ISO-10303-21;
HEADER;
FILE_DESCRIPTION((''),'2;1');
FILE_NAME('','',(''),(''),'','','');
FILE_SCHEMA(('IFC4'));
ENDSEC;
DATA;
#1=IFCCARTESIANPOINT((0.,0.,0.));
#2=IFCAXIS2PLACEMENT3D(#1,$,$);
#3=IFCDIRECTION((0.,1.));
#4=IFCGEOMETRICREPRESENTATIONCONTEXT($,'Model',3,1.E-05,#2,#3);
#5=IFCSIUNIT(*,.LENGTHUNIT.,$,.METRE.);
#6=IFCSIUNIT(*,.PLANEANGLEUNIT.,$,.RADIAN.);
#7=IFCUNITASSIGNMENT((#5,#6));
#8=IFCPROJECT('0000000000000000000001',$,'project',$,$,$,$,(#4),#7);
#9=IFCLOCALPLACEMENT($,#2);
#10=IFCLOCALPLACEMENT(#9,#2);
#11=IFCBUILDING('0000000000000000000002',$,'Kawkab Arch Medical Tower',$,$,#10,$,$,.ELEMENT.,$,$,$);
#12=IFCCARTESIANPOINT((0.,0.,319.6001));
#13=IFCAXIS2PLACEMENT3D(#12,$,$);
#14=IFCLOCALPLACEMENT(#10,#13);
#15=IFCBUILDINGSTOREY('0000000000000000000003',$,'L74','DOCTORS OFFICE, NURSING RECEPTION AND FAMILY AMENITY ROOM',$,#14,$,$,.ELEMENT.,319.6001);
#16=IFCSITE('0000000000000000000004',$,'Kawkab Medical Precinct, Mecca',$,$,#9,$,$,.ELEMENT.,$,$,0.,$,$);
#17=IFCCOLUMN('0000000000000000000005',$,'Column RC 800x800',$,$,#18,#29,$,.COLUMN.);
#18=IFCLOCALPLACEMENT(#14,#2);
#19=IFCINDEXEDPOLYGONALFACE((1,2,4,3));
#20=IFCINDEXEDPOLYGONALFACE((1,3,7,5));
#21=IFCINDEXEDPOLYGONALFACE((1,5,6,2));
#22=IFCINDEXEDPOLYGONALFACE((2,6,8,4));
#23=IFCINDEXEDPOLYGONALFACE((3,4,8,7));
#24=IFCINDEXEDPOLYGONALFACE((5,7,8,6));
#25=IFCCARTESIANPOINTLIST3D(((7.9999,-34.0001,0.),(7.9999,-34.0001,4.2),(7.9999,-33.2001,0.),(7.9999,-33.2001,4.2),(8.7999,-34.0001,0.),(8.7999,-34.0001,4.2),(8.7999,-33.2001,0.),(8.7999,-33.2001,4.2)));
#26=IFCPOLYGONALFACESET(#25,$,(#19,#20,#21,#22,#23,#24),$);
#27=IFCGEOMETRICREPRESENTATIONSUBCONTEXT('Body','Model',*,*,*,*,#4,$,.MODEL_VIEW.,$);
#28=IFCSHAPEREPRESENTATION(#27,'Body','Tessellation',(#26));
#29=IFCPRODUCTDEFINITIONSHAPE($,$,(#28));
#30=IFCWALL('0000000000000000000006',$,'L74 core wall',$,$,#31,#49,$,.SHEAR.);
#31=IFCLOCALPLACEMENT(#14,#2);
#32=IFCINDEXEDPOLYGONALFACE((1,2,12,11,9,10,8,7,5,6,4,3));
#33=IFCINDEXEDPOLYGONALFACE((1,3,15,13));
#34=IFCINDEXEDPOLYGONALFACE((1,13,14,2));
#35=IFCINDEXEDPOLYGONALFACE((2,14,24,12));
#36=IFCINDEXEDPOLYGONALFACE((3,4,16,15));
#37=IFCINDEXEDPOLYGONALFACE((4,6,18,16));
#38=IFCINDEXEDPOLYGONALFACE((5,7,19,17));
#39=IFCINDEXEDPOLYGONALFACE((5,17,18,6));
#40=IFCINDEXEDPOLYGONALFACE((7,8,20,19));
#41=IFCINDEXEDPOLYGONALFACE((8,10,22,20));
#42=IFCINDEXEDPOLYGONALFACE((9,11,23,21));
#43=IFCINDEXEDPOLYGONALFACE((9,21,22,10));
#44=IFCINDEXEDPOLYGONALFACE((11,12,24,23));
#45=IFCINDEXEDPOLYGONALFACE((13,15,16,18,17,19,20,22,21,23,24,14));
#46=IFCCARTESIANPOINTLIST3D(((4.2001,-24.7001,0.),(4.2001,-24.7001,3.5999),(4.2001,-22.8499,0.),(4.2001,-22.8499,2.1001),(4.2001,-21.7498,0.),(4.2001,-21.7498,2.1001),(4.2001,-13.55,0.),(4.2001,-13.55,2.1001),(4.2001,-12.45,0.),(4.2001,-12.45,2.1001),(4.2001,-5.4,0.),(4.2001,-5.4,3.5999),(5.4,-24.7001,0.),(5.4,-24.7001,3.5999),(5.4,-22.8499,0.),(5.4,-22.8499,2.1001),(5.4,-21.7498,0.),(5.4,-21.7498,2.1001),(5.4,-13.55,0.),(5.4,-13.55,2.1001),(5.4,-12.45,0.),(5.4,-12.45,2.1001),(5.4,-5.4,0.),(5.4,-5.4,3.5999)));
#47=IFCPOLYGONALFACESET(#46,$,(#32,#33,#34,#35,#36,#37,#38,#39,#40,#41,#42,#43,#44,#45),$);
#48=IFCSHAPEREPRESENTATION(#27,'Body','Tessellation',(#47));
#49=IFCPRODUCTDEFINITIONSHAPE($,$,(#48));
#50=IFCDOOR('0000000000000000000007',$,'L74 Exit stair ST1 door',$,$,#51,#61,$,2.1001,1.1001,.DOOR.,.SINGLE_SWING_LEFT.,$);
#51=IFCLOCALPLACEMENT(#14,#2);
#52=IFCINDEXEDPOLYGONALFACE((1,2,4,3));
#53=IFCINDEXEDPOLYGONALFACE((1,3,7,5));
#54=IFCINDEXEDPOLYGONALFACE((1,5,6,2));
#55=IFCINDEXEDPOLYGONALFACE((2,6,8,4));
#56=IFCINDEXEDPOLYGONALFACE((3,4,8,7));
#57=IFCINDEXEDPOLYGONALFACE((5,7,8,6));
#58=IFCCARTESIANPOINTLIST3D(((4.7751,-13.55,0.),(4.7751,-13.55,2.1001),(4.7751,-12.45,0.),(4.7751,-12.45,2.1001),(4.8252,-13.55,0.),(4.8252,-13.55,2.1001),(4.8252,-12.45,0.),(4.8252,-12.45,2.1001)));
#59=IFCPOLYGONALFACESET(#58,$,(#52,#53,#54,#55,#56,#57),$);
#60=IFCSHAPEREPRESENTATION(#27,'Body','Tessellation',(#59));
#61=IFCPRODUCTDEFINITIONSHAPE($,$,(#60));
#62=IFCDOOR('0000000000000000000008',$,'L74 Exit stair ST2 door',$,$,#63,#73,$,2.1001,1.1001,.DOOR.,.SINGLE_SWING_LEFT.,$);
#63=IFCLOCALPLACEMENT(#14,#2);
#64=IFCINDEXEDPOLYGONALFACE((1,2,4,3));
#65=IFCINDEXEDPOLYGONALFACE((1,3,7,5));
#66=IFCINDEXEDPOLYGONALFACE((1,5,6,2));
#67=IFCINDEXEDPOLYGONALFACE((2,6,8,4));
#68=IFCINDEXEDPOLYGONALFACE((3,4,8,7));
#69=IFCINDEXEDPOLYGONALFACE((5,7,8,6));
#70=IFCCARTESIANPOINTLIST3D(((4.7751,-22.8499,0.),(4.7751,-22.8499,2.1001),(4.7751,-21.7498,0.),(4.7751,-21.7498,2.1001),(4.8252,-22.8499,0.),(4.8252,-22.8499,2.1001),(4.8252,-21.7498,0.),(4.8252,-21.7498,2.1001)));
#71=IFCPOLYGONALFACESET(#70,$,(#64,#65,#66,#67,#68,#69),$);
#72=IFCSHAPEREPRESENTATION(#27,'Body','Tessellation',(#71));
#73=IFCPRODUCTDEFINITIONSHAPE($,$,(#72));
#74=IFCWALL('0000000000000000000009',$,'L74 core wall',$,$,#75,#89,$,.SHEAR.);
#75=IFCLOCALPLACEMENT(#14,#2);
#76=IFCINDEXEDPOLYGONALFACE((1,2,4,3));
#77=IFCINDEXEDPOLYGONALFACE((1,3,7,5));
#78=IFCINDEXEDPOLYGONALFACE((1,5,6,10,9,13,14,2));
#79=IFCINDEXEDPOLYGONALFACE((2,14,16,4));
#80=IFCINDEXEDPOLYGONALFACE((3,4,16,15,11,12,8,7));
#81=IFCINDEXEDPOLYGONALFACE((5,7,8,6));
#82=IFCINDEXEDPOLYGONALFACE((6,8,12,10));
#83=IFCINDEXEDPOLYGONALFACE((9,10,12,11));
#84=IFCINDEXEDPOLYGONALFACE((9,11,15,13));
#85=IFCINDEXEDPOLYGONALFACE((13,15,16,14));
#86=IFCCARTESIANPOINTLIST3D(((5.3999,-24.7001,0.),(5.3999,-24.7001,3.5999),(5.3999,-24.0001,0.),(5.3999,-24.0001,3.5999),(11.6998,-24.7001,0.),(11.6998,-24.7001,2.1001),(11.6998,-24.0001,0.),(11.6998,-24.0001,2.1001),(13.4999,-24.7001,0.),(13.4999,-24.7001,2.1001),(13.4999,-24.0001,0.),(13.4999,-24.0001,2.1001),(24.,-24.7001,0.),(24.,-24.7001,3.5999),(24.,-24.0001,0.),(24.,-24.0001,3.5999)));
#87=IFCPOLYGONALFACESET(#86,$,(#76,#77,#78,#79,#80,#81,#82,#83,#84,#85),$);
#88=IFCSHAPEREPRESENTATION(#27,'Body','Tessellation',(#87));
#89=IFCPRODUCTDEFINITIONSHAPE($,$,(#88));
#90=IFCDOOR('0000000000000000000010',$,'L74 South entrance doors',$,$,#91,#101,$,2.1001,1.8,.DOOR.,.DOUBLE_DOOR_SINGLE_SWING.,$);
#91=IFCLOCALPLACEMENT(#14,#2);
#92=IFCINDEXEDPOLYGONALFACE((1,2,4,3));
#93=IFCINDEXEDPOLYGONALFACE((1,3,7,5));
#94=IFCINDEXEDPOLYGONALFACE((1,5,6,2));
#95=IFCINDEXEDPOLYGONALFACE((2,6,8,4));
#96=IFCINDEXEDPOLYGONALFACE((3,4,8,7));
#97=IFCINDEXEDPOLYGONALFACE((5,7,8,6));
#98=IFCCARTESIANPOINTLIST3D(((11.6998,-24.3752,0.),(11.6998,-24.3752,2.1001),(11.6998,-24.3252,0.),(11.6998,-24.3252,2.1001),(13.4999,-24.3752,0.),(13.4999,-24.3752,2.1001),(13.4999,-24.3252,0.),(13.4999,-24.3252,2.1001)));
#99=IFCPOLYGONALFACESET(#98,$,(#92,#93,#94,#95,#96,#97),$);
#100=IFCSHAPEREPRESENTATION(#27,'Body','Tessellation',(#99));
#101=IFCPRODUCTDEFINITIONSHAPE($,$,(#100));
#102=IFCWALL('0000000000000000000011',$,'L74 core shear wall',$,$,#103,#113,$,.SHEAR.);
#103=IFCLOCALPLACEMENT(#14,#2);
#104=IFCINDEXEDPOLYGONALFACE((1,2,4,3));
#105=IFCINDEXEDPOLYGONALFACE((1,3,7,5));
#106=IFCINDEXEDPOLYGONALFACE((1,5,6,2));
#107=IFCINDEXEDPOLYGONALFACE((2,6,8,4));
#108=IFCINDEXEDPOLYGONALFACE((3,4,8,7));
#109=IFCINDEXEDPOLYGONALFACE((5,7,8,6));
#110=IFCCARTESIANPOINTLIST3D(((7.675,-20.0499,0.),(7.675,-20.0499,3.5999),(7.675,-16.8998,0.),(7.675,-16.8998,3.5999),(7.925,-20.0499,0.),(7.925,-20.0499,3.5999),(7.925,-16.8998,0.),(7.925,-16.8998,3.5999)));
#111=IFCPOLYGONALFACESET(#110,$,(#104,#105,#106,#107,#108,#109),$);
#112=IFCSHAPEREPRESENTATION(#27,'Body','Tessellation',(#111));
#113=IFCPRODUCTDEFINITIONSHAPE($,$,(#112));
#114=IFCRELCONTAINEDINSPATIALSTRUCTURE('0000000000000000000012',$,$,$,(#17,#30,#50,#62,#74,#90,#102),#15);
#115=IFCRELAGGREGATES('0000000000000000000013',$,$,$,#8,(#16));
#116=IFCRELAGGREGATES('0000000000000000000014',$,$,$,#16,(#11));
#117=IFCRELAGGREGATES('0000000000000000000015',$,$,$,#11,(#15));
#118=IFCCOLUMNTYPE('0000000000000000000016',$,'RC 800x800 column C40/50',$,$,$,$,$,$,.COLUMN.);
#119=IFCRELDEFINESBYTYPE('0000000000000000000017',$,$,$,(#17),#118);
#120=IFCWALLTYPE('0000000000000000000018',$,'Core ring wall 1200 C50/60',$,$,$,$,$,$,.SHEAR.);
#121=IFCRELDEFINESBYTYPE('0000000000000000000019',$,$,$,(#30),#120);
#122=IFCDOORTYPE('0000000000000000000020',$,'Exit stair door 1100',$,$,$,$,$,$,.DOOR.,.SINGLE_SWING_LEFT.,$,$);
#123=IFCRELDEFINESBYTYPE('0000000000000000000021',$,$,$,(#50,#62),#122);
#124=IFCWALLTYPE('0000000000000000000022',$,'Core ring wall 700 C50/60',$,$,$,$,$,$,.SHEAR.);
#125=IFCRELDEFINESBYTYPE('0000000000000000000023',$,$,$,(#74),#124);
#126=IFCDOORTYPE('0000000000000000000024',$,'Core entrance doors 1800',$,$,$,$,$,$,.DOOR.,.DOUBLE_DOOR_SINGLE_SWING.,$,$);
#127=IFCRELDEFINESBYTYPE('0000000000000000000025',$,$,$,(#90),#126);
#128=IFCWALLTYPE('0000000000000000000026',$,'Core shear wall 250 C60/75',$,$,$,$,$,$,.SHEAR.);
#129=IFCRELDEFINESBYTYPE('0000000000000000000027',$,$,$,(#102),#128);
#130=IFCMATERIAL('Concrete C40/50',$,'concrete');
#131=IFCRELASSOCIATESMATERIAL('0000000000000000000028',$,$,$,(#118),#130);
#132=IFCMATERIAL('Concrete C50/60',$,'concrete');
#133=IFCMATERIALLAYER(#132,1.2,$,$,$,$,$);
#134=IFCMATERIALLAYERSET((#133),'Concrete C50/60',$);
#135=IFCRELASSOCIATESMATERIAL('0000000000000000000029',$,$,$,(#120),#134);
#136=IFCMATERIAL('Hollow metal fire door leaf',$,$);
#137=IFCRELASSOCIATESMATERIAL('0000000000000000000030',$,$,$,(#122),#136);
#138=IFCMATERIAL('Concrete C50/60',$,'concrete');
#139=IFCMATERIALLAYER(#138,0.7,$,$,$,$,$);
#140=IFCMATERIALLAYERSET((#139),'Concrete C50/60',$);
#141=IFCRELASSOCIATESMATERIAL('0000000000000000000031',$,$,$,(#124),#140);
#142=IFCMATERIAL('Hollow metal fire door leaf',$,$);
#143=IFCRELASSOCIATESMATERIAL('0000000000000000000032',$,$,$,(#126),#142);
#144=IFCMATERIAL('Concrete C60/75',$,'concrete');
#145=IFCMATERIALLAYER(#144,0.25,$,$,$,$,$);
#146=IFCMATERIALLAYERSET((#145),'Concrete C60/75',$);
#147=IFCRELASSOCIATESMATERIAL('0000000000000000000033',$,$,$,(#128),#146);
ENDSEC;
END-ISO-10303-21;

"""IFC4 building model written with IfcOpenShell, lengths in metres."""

from ifc_helpers import new_model, si_unit, direction, frame, frame_2d, origin, origin_2d, place, context, subcontext, project, spatial, rectangle, extrude, material, layer, layer_set, material_profile, profile_set, type_object, element, fill, save


model = new_model("IFC4")

# Units and contexts
model_context = context("Model", 3, precision=1e-05, world=origin(), true_north=direction((0.0, 1.0)))
body_context = subcontext(model_context, "Body", "Model", "MODEL_VIEW")
ifc_project = project(units=[si_unit("LENGTHUNIT", "METRE"), si_unit("PLANEANGLEUNIT", "RADIAN")], contexts=[model_context])

# Site, building, storey
site_placement = place(None, origin())
site = spatial("IfcSite", under=ifc_project, at=site_placement, Name="Kawkab Medical Precinct, Mecca", CompositionType="ELEMENT", RefElevation=0.0)
building_placement = place(site_placement, origin())
building = spatial("IfcBuilding", under=site, at=building_placement, Name="Kawkab Arch Medical Tower", CompositionType="ELEMENT")
storey_placement = place(building_placement, frame((0.0, 0.0, 319.6001)))
storey = spatial("IfcBuildingStorey", under=building, at=storey_placement, Name="L74", Description="DOCTORS OFFICE, NURSING RECEPTION AND FAMILY AMENITY ROOM", CompositionType="ELEMENT", Elevation=319.6001)

# Column
ifc_material_1 = material(Name="Concrete C40/50", Category="concrete")
ifc_material_profile = material_profile(ifc_material_1, rectangle(XDim=0.8, YDim=0.8, at=origin_2d()), Name="RC 800x800")
ifc_profile_set = profile_set([ifc_material_profile], Name="Concrete C40/50")
column_type = type_object("IfcColumnType", Name="RC 800x800 column C40/50", PredefinedType="COLUMN", material=ifc_profile_set)
column_placement = place(storey_placement, frame((8.3999, -33.6001, 0.0), z_axis=(0.0, 0.0, 1.0), x_axis=(1.0, 0.0, 0.0)))
element("IfcColumn", 1, at=column_placement, inside=storey, type_object=column_type, Name="Column RC 800x800", PredefinedType="COLUMN", context=body_context, shape_type="SweptSolid", body=[
    extrude(rectangle(XDim=0.8, YDim=0.8, at=origin_2d()), origin(), (0.0, 0.0, 1.0), 4.2),
])

# Wall, openings, doors
ifc_material_2 = material(Name="Concrete C50/60", Category="concrete")
ifc_layer_1 = layer(ifc_material_2, 1.2)
ifc_layer_set_1 = layer_set([ifc_layer_1], Name="Concrete C50/60")
wall_type_1 = type_object("IfcWallType", Name="Core ring wall 1200 C50/60", PredefinedType="SHEAR", material=ifc_layer_set_1)
wall_1_placement = place(storey_placement, frame((4.8, -24.7, 0.0), z_axis=(0.0, 0.0, 1.0), x_axis=(0.0, 1.0, 0.0)))
wall_1 = element("IfcWall", 2, at=wall_1_placement, inside=storey, type_object=wall_type_1, Name="L74 core wall", PredefinedType="SHEAR", context=body_context, shape_type="SweptSolid", body=[
    extrude(rectangle(XDim=19.3, YDim=1.2, at=frame_2d((9.6499, 0.0))), origin(), (0.0, 0.0, 1.0), 3.5999),
])
opening_1_placement = place(wall_1_placement, frame((11.1499, 0.0, 0.0)))
opening_1 = element("IfcOpeningElement", 3, at=opening_1_placement, cuts=wall_1, PredefinedType="OPENING", context=body_context, shape_type="SweptSolid", body=[
    extrude(rectangle(XDim=1.1001, YDim=2.1001, at=frame_2d((0.55, 1.05))), frame((0.0, 0.6099, 0.0), z_axis=(0.0, -1.0, 0.0), x_axis=(1.0, 0.0, 0.0)), (0.0, 0.0, 1.0), 1.22),
])
opening_2_placement = place(wall_1_placement, frame((1.8501, 0.0, 0.0)))
opening_2 = element("IfcOpeningElement", 4, at=opening_2_placement, cuts=wall_1, PredefinedType="OPENING", context=body_context, shape_type="SweptSolid", body=[
    extrude(rectangle(XDim=1.1001, YDim=2.1001, at=frame_2d((0.55, 1.05))), frame((0.0, 0.6099, 0.0), z_axis=(0.0, -1.0, 0.0), x_axis=(1.0, 0.0, 0.0)), (0.0, 0.0, 1.0), 1.22),
])
ifc_material_3 = material(Name="Hollow metal fire door leaf")
door_type_1 = type_object("IfcDoorType", Name="Exit stair door 1100", OperationType="SINGLE_SWING_LEFT", PredefinedType="DOOR", material=ifc_material_3)
door_1_placement = place(opening_1_placement, origin())
door_1 = element("IfcDoor", 5, at=door_1_placement, inside=storey, type_object=door_type_1, Name="L74 Exit stair ST1 door", OperationType="SINGLE_SWING_LEFT", OverallHeight=2.1001, OverallWidth=1.1001, PredefinedType="DOOR", context=body_context, shape_type="SweptSolid", body=[
    extrude(rectangle(XDim=1.1001, YDim=2.1001, at=frame_2d((0.55, 1.05))), frame((0.0, 0.0249, 0.0), z_axis=(0.0, -1.0, 0.0), x_axis=(1.0, 0.0, 0.0)), (0.0, 0.0, 1.0), 0.05),
])
fill(opening_1, door_1)
door_2_placement = place(opening_2_placement, origin())
door_2 = element("IfcDoor", 6, at=door_2_placement, inside=storey, type_object=door_type_1, Name="L74 Exit stair ST2 door", OperationType="SINGLE_SWING_LEFT", OverallHeight=2.1001, OverallWidth=1.1001, PredefinedType="DOOR", context=body_context, shape_type="SweptSolid", body=[
    extrude(rectangle(XDim=1.1001, YDim=2.1001, at=frame_2d((0.55, 1.05))), frame((0.0, 0.0249, 0.0), z_axis=(0.0, -1.0, 0.0), x_axis=(1.0, 0.0, 0.0)), (0.0, 0.0, 1.0), 0.05),
])
fill(opening_2, door_2)

# Wall, opening, door
ifc_material_4 = material(Name="Concrete C50/60", Category="concrete")
ifc_layer_2 = layer(ifc_material_4, 0.7)
ifc_layer_set_2 = layer_set([ifc_layer_2], Name="Concrete C50/60")
wall_type_2 = type_object("IfcWallType", Name="Core ring wall 700 C50/60", PredefinedType="SHEAR", material=ifc_layer_set_2)
wall_2_placement = place(storey_placement, frame((5.3999, -24.3501, 0.0), z_axis=(0.0, 0.0, 1.0), x_axis=(1.0, 0.0, 0.0)))
wall_2 = element("IfcWall", 7, at=wall_2_placement, inside=storey, type_object=wall_type_2, Name="L74 core wall", PredefinedType="SHEAR", context=body_context, shape_type="SweptSolid", body=[
    extrude(rectangle(XDim=18.6001, YDim=0.7, at=frame_2d((9.3, 0.0))), origin(), (0.0, 0.0, 1.0), 3.5999),
])
opening_3_placement = place(wall_2_placement, frame((6.3, 0.0, 0.0)))
opening_3 = element("IfcOpeningElement", 8, at=opening_3_placement, cuts=wall_2, PredefinedType="OPENING", context=body_context, shape_type="SweptSolid", body=[
    extrude(rectangle(XDim=1.8, YDim=2.1001, at=frame_2d((0.8999, 1.05))), frame((0.0, 0.3599, 0.0), z_axis=(0.0, -1.0, 0.0), x_axis=(1.0, 0.0, 0.0)), (0.0, 0.0, 1.0), 0.72),
])
ifc_material_5 = material(Name="Hollow metal fire door leaf")
door_type_2 = type_object("IfcDoorType", Name="Core entrance doors 1800", OperationType="DOUBLE_DOOR_SINGLE_SWING", PredefinedType="DOOR", material=ifc_material_5)
door_3_placement = place(opening_3_placement, origin())
door_3 = element("IfcDoor", 9, at=door_3_placement, inside=storey, type_object=door_type_2, Name="L74 South entrance doors", OperationType="DOUBLE_DOOR_SINGLE_SWING", OverallHeight=2.1001, OverallWidth=1.8, PredefinedType="DOOR", context=body_context, shape_type="SweptSolid", body=[
    extrude(rectangle(XDim=1.8, YDim=2.1001, at=frame_2d((0.8999, 1.05))), frame((0.0, 0.0249, 0.0), z_axis=(0.0, -1.0, 0.0), x_axis=(1.0, 0.0, 0.0)), (0.0, 0.0, 1.0), 0.05),
])
fill(opening_3, door_3)

# Wall
ifc_material_6 = material(Name="Concrete C60/75", Category="concrete")
ifc_layer_3 = layer(ifc_material_6, 0.25)
ifc_layer_set_3 = layer_set([ifc_layer_3], Name="Concrete C60/75")
wall_type_3 = type_object("IfcWallType", Name="Core shear wall 250 C60/75", PredefinedType="SHEAR", material=ifc_layer_set_3)
wall_3_placement = place(storey_placement, frame((7.8, -20.05, 0.0), z_axis=(0.0, 0.0, 1.0), x_axis=(0.0, 1.0, 0.0)))
element("IfcWall", 10, at=wall_3_placement, inside=storey, type_object=wall_type_3, Name="L74 core shear wall", PredefinedType="SHEAR", context=body_context, shape_type="SweptSolid", body=[
    extrude(rectangle(XDim=3.1501, YDim=0.25, at=frame_2d((1.5752, 0.0))), origin(), (0.0, 0.0, 1.0), 3.5999),
])

save(model, "model.ifc")
